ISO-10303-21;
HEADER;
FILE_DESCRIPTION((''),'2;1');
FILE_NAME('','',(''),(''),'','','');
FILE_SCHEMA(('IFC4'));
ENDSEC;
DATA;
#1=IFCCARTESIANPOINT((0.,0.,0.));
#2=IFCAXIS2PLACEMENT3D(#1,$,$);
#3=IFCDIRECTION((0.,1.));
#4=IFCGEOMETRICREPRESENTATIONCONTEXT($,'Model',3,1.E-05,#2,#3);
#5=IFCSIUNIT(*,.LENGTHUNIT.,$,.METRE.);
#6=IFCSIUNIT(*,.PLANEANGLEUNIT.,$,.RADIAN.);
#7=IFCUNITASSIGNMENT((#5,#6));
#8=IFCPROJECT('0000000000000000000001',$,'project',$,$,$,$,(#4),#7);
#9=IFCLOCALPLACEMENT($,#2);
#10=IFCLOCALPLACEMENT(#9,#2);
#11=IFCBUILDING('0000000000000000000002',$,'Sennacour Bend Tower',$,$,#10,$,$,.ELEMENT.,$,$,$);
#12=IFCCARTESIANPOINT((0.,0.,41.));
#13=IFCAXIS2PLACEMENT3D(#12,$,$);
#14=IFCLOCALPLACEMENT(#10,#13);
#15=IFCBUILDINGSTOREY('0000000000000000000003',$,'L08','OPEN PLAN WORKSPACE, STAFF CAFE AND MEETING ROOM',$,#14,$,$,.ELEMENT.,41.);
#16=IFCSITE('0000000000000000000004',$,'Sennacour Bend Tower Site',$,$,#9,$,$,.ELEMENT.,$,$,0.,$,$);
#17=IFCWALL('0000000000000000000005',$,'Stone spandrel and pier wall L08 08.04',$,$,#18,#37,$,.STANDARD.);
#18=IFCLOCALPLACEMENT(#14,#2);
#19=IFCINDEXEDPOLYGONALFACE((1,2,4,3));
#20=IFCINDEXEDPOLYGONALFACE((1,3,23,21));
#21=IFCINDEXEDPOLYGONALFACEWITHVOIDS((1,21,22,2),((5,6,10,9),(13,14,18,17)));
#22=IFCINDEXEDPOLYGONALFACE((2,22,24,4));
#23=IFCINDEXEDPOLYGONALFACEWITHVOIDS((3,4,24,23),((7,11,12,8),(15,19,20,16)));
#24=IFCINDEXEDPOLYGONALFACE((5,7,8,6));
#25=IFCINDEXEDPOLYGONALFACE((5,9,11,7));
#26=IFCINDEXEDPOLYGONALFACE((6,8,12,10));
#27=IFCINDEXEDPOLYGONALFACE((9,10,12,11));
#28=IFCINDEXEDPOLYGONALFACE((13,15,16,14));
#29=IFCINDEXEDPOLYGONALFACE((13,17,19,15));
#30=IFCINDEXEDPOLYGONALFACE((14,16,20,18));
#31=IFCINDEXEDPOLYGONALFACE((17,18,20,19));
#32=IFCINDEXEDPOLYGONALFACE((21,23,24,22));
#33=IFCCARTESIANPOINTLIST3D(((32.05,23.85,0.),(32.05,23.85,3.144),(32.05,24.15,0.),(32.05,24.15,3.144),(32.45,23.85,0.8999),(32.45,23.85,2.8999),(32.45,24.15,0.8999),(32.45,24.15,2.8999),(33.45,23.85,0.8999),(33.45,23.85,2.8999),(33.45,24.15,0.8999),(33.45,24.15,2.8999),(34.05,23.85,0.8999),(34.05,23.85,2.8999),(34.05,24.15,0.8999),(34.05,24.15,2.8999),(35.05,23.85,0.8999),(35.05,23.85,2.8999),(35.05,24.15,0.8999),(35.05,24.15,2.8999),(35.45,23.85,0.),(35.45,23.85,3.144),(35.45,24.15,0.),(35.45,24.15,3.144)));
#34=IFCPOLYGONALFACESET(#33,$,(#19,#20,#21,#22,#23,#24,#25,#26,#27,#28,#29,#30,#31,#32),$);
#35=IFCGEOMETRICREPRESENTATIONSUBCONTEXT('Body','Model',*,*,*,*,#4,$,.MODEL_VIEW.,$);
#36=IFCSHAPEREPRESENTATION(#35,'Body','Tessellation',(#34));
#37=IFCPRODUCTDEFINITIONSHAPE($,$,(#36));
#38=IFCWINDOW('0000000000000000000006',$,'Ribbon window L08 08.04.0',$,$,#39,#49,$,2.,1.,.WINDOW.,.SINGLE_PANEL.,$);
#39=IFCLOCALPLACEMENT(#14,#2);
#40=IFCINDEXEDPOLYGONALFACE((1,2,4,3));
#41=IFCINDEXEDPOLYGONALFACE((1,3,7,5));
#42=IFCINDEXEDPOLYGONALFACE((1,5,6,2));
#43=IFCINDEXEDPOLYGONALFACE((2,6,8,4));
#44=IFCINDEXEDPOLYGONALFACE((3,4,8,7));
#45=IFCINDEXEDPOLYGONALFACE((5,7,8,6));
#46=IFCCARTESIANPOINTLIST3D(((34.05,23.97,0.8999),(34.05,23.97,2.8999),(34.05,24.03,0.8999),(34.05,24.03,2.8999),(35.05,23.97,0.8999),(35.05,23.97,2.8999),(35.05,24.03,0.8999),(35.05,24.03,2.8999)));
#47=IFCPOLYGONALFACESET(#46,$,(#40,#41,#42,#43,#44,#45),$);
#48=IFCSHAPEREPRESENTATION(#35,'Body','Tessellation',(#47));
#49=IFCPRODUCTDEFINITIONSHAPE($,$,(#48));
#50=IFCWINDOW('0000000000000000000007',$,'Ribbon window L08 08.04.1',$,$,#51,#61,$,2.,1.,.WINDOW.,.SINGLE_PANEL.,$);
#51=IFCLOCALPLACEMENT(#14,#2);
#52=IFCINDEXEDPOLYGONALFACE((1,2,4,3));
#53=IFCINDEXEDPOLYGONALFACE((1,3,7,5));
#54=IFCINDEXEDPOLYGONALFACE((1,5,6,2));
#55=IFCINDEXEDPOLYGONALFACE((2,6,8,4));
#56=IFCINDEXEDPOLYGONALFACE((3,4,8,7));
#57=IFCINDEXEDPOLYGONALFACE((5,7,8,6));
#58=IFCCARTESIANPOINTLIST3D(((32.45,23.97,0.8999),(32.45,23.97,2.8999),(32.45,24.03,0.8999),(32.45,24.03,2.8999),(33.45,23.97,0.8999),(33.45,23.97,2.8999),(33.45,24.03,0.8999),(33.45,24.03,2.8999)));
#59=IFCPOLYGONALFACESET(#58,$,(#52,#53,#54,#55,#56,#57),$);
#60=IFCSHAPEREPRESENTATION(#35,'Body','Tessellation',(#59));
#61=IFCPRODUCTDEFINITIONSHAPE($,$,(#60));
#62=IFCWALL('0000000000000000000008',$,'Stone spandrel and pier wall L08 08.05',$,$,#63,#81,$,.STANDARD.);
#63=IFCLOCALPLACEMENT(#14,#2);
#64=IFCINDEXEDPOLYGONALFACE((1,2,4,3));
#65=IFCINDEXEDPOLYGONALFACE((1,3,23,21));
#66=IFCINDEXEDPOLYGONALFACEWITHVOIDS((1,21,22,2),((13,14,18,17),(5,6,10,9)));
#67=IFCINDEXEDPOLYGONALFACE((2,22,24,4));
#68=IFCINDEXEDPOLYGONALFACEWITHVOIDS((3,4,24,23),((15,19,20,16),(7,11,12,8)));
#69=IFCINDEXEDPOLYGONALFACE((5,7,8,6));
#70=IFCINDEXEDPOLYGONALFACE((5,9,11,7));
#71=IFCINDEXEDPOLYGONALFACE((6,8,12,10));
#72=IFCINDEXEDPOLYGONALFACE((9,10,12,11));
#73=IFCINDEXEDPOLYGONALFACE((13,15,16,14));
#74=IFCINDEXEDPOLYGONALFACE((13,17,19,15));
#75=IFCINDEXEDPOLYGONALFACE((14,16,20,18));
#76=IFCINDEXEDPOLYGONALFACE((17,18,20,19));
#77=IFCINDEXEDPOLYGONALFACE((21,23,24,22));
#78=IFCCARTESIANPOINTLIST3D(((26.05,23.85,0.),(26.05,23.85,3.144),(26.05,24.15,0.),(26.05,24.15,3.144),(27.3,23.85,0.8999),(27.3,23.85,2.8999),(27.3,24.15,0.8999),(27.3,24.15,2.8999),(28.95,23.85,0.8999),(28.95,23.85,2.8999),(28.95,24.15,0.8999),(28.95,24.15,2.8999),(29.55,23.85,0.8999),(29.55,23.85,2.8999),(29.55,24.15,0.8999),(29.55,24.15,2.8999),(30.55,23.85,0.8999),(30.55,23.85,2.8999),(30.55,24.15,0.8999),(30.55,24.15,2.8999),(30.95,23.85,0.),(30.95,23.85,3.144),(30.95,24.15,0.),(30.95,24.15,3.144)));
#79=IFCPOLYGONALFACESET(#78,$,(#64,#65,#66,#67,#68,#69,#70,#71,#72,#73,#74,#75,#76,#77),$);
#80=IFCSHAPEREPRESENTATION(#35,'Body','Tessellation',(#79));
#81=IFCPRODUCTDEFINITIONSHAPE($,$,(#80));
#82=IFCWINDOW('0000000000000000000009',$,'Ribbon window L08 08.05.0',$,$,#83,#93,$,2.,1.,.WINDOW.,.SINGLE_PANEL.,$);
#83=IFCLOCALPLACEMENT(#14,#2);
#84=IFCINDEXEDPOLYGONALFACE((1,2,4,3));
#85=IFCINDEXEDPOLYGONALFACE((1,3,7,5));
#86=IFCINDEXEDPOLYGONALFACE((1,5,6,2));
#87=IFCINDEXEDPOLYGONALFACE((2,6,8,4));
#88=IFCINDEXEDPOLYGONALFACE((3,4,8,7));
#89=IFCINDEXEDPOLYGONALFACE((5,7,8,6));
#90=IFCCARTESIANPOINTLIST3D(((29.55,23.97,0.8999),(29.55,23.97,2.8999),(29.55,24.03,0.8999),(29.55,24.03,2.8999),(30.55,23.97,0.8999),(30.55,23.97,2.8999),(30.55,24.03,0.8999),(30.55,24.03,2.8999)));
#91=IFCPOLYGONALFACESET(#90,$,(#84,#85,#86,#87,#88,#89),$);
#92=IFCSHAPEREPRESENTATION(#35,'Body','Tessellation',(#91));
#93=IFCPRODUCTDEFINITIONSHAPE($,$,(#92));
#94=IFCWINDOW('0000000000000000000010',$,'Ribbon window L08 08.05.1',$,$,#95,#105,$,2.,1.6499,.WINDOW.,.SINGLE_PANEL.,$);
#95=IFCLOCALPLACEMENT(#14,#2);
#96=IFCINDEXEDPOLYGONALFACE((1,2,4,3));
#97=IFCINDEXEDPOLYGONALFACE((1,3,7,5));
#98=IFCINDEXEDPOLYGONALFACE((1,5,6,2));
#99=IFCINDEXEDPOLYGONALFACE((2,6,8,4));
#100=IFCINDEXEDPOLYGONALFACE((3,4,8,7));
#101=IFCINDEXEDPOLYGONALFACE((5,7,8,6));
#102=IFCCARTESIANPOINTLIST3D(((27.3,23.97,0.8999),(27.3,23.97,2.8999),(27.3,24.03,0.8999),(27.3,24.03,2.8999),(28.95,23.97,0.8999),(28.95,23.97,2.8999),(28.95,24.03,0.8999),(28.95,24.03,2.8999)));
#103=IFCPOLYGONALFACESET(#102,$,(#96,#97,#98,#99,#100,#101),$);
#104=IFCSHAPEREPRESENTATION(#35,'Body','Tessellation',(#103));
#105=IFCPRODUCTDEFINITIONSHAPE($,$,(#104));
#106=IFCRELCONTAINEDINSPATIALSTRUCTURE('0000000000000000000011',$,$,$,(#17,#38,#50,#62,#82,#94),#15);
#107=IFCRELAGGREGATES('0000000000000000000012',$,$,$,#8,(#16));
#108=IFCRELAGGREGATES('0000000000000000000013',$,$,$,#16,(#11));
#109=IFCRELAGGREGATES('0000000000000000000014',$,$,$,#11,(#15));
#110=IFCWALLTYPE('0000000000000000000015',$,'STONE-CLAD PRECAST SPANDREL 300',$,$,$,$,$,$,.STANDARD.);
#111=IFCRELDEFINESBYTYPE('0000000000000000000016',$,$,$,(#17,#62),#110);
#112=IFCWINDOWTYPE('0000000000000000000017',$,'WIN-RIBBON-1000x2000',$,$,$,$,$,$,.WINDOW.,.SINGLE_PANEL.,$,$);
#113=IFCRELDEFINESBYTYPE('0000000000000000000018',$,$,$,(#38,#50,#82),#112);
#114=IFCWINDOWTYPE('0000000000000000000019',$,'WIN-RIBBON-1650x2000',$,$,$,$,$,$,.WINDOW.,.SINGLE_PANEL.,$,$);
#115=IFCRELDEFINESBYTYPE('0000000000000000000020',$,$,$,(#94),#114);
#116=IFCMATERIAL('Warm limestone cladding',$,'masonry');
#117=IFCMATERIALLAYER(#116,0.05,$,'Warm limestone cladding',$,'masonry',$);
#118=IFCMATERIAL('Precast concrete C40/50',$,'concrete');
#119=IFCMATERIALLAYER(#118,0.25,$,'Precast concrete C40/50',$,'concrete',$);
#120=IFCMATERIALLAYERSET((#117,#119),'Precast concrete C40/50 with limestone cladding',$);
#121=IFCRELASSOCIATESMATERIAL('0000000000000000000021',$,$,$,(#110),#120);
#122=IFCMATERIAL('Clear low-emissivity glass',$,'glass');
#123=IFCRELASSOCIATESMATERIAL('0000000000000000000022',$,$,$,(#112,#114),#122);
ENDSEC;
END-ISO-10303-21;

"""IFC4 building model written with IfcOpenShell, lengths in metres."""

from ifc_helpers import new_model, si_unit, direction, frame, frame_2d, origin, place, context, subcontext, project, spatial, rectangle, extrude, material, layer, layer_set, type_object, element, fill, save


model = new_model("IFC4")

# Units and contexts
model_context = context("Model", 3, precision=1e-05, world=origin(), true_north=direction((0.0, 1.0)))
body_context = subcontext(model_context, "Body", "Model", "MODEL_VIEW")
ifc_project = project(units=[si_unit("LENGTHUNIT", "METRE"), si_unit("PLANEANGLEUNIT", "RADIAN")], contexts=[model_context])

# Site, building, storey
site_placement = place(None, origin())
site = spatial("IfcSite", under=ifc_project, at=site_placement, Name="Sennacour Bend Tower Site", CompositionType="ELEMENT", RefElevation=0.0)
building_placement = place(site_placement, origin())
building = spatial("IfcBuilding", under=site, at=building_placement, Name="Sennacour Bend Tower", CompositionType="ELEMENT")
storey_placement = place(building_placement, frame((0.0, 0.0, 41.0)))
storey = spatial("IfcBuildingStorey", under=building, at=storey_placement, Name="L08", Description="OPEN PLAN WORKSPACE, STAFF CAFE AND MEETING ROOM", CompositionType="ELEMENT", Elevation=41.0)

# Walls, openings, windows
ifc_material_1 = material(Name="Warm limestone cladding", Category="masonry")
ifc_layer_1 = layer(ifc_material_1, 0.05, Name="Warm limestone cladding", Category="masonry")
ifc_material_2 = material(Name="Precast concrete C40/50", Category="concrete")
ifc_layer_2 = layer(ifc_material_2, 0.25, Name="Precast concrete C40/50", Category="concrete")
ifc_layer_set_1 = layer_set([ifc_layer_1, ifc_layer_2], Name="Precast concrete C40/50 with limestone cladding")
wall_type_1 = type_object("IfcWallType", Name="STONE-CLAD PRECAST SPANDREL 300", PredefinedType="STANDARD", material=ifc_layer_set_1)
ifc_material_3 = material(Name="Clear low-emissivity glass", Category="glass")
window_type_1 = type_object("IfcWindowType", Name="WIN-RIBBON-1000x2000", PartitioningType="SINGLE_PANEL", PredefinedType="WINDOW", material=ifc_material_3)
wall_1_placement = place(storey_placement, frame((35.45, 24.0, 0.0), z_axis=(0.0, 0.0, 1.0), x_axis=(-1.0, 0.0, 0.0)))
wall_1 = element("IfcWall", 1, at=wall_1_placement, inside=storey, type_object=wall_type_1, Name="Stone spandrel and pier wall L08 08.04", PredefinedType="STANDARD", context=body_context, shape_type="SweptSolid", body=[
    extrude(rectangle(XDim=3.3999, YDim=0.3, at=frame_2d((1.7, 0.0))), origin(), (0.0, 0.0, 1.0), 3.144),
])
opening_1_placement = place(wall_1_placement, frame((0.3999, 0.0, 0.8999)))
opening_1 = element("IfcOpeningElement", 2, at=opening_1_placement, cuts=wall_1, PredefinedType="OPENING", context=body_context, shape_type="SweptSolid", body=[
    extrude(rectangle(XDim=1.0, YDim=2.0, at=frame_2d((0.5, 1.0))), frame((0.0, 0.1602, 0.0), z_axis=(0.0, -1.0, 0.0), x_axis=(1.0, 0.0, 0.0)), (0.0, 0.0, 1.0), 0.3201),
])
opening_2_placement = place(wall_1_placement, frame((2.0, 0.0, 0.8999)))
opening_2 = element("IfcOpeningElement", 3, at=opening_2_placement, cuts=wall_1, PredefinedType="OPENING", context=body_context, shape_type="SweptSolid", body=[
    extrude(rectangle(XDim=1.0, YDim=2.0, at=frame_2d((0.5, 1.0))), frame((0.0, 0.1602, 0.0), z_axis=(0.0, -1.0, 0.0), x_axis=(1.0, 0.0, 0.0)), (0.0, 0.0, 1.0), 0.3201),
])
window_1_placement = place(opening_1_placement, origin())
window_1 = element("IfcWindow", 4, at=window_1_placement, inside=storey, type_object=window_type_1, Name="Ribbon window L08 08.04.0", OverallHeight=2.0, OverallWidth=1.0, PartitioningType="SINGLE_PANEL", PredefinedType="WINDOW", context=body_context, shape_type="SweptSolid", body=[
    extrude(rectangle(XDim=1.0, YDim=2.0, at=frame_2d((0.5, 1.0))), frame((0.0, 0.03, 0.0), z_axis=(0.0, -1.0, 0.0), x_axis=(1.0, 0.0, 0.0)), (0.0, 0.0, 1.0), 0.0601),
])
fill(opening_1, window_1)
window_2_placement = place(opening_2_placement, origin())
window_2 = element("IfcWindow", 5, at=window_2_placement, inside=storey, type_object=window_type_1, Name="Ribbon window L08 08.04.1", OverallHeight=2.0, OverallWidth=1.0, PartitioningType="SINGLE_PANEL", PredefinedType="WINDOW", context=body_context, shape_type="SweptSolid", body=[
    extrude(rectangle(XDim=1.0, YDim=2.0, at=frame_2d((0.5, 1.0))), frame((0.0, 0.03, 0.0), z_axis=(0.0, -1.0, 0.0), x_axis=(1.0, 0.0, 0.0)), (0.0, 0.0, 1.0), 0.0601),
])
fill(opening_2, window_2)
wall_2_placement = place(storey_placement, frame((30.95, 24.0, 0.0), z_axis=(0.0, 0.0, 1.0), x_axis=(-1.0, 0.0, 0.0)))
wall_2 = element("IfcWall", 6, at=wall_2_placement, inside=storey, type_object=wall_type_1, Name="Stone spandrel and pier wall L08 08.05", PredefinedType="STANDARD", context=body_context, shape_type="SweptSolid", body=[
    extrude(rectangle(XDim=4.8999, YDim=0.3, at=frame_2d((2.45, 0.0))), origin(), (0.0, 0.0, 1.0), 3.144),
])
opening_3_placement = place(wall_2_placement, frame((0.3999, 0.0, 0.8999)))
opening_3 = element("IfcOpeningElement", 7, at=opening_3_placement, cuts=wall_2, PredefinedType="OPENING", context=body_context, shape_type="SweptSolid", body=[
    extrude(rectangle(XDim=1.0, YDim=2.0, at=frame_2d((0.5, 1.0))), frame((0.0, 0.1602, 0.0), z_axis=(0.0, -1.0, 0.0), x_axis=(1.0, 0.0, 0.0)), (0.0, 0.0, 1.0), 0.3201),
])
opening_4_placement = place(wall_2_placement, frame((2.0, 0.0, 0.8999)))
opening_4 = element("IfcOpeningElement", 8, at=opening_4_placement, cuts=wall_2, PredefinedType="OPENING", context=body_context, shape_type="SweptSolid", body=[
    extrude(rectangle(XDim=1.6499, YDim=2.0, at=frame_2d((0.825, 1.0))), frame((0.0, 0.1602, 0.0), z_axis=(0.0, -1.0, 0.0), x_axis=(1.0, 0.0, 0.0)), (0.0, 0.0, 1.0), 0.3201),
])
window_3_placement = place(opening_3_placement, origin())
window_3 = element("IfcWindow", 9, at=window_3_placement, inside=storey, type_object=window_type_1, Name="Ribbon window L08 08.05.0", OverallHeight=2.0, OverallWidth=1.0, PartitioningType="SINGLE_PANEL", PredefinedType="WINDOW", context=body_context, shape_type="SweptSolid", body=[
    extrude(rectangle(XDim=1.0, YDim=2.0, at=frame_2d((0.5, 1.0))), frame((0.0, 0.03, 0.0), z_axis=(0.0, -1.0, 0.0), x_axis=(1.0, 0.0, 0.0)), (0.0, 0.0, 1.0), 0.0601),
])
fill(opening_3, window_3)
window_type_2 = type_object("IfcWindowType", Name="WIN-RIBBON-1650x2000", PartitioningType="SINGLE_PANEL", PredefinedType="WINDOW", material=ifc_material_3)
window_4_placement = place(opening_4_placement, origin())
window_4 = element("IfcWindow", 10, at=window_4_placement, inside=storey, type_object=window_type_2, Name="Ribbon window L08 08.05.1", OverallHeight=2.0, OverallWidth=1.6499, PartitioningType="SINGLE_PANEL", PredefinedType="WINDOW", context=body_context, shape_type="SweptSolid", body=[
    extrude(rectangle(XDim=1.6499, YDim=2.0, at=frame_2d((0.825, 1.0))), frame((0.0, 0.03, 0.0), z_axis=(0.0, -1.0, 0.0), x_axis=(1.0, 0.0, 0.0)), (0.0, 0.0, 1.0), 0.0601),
])
fill(opening_4, window_4)

save(model, "model.ifc")
